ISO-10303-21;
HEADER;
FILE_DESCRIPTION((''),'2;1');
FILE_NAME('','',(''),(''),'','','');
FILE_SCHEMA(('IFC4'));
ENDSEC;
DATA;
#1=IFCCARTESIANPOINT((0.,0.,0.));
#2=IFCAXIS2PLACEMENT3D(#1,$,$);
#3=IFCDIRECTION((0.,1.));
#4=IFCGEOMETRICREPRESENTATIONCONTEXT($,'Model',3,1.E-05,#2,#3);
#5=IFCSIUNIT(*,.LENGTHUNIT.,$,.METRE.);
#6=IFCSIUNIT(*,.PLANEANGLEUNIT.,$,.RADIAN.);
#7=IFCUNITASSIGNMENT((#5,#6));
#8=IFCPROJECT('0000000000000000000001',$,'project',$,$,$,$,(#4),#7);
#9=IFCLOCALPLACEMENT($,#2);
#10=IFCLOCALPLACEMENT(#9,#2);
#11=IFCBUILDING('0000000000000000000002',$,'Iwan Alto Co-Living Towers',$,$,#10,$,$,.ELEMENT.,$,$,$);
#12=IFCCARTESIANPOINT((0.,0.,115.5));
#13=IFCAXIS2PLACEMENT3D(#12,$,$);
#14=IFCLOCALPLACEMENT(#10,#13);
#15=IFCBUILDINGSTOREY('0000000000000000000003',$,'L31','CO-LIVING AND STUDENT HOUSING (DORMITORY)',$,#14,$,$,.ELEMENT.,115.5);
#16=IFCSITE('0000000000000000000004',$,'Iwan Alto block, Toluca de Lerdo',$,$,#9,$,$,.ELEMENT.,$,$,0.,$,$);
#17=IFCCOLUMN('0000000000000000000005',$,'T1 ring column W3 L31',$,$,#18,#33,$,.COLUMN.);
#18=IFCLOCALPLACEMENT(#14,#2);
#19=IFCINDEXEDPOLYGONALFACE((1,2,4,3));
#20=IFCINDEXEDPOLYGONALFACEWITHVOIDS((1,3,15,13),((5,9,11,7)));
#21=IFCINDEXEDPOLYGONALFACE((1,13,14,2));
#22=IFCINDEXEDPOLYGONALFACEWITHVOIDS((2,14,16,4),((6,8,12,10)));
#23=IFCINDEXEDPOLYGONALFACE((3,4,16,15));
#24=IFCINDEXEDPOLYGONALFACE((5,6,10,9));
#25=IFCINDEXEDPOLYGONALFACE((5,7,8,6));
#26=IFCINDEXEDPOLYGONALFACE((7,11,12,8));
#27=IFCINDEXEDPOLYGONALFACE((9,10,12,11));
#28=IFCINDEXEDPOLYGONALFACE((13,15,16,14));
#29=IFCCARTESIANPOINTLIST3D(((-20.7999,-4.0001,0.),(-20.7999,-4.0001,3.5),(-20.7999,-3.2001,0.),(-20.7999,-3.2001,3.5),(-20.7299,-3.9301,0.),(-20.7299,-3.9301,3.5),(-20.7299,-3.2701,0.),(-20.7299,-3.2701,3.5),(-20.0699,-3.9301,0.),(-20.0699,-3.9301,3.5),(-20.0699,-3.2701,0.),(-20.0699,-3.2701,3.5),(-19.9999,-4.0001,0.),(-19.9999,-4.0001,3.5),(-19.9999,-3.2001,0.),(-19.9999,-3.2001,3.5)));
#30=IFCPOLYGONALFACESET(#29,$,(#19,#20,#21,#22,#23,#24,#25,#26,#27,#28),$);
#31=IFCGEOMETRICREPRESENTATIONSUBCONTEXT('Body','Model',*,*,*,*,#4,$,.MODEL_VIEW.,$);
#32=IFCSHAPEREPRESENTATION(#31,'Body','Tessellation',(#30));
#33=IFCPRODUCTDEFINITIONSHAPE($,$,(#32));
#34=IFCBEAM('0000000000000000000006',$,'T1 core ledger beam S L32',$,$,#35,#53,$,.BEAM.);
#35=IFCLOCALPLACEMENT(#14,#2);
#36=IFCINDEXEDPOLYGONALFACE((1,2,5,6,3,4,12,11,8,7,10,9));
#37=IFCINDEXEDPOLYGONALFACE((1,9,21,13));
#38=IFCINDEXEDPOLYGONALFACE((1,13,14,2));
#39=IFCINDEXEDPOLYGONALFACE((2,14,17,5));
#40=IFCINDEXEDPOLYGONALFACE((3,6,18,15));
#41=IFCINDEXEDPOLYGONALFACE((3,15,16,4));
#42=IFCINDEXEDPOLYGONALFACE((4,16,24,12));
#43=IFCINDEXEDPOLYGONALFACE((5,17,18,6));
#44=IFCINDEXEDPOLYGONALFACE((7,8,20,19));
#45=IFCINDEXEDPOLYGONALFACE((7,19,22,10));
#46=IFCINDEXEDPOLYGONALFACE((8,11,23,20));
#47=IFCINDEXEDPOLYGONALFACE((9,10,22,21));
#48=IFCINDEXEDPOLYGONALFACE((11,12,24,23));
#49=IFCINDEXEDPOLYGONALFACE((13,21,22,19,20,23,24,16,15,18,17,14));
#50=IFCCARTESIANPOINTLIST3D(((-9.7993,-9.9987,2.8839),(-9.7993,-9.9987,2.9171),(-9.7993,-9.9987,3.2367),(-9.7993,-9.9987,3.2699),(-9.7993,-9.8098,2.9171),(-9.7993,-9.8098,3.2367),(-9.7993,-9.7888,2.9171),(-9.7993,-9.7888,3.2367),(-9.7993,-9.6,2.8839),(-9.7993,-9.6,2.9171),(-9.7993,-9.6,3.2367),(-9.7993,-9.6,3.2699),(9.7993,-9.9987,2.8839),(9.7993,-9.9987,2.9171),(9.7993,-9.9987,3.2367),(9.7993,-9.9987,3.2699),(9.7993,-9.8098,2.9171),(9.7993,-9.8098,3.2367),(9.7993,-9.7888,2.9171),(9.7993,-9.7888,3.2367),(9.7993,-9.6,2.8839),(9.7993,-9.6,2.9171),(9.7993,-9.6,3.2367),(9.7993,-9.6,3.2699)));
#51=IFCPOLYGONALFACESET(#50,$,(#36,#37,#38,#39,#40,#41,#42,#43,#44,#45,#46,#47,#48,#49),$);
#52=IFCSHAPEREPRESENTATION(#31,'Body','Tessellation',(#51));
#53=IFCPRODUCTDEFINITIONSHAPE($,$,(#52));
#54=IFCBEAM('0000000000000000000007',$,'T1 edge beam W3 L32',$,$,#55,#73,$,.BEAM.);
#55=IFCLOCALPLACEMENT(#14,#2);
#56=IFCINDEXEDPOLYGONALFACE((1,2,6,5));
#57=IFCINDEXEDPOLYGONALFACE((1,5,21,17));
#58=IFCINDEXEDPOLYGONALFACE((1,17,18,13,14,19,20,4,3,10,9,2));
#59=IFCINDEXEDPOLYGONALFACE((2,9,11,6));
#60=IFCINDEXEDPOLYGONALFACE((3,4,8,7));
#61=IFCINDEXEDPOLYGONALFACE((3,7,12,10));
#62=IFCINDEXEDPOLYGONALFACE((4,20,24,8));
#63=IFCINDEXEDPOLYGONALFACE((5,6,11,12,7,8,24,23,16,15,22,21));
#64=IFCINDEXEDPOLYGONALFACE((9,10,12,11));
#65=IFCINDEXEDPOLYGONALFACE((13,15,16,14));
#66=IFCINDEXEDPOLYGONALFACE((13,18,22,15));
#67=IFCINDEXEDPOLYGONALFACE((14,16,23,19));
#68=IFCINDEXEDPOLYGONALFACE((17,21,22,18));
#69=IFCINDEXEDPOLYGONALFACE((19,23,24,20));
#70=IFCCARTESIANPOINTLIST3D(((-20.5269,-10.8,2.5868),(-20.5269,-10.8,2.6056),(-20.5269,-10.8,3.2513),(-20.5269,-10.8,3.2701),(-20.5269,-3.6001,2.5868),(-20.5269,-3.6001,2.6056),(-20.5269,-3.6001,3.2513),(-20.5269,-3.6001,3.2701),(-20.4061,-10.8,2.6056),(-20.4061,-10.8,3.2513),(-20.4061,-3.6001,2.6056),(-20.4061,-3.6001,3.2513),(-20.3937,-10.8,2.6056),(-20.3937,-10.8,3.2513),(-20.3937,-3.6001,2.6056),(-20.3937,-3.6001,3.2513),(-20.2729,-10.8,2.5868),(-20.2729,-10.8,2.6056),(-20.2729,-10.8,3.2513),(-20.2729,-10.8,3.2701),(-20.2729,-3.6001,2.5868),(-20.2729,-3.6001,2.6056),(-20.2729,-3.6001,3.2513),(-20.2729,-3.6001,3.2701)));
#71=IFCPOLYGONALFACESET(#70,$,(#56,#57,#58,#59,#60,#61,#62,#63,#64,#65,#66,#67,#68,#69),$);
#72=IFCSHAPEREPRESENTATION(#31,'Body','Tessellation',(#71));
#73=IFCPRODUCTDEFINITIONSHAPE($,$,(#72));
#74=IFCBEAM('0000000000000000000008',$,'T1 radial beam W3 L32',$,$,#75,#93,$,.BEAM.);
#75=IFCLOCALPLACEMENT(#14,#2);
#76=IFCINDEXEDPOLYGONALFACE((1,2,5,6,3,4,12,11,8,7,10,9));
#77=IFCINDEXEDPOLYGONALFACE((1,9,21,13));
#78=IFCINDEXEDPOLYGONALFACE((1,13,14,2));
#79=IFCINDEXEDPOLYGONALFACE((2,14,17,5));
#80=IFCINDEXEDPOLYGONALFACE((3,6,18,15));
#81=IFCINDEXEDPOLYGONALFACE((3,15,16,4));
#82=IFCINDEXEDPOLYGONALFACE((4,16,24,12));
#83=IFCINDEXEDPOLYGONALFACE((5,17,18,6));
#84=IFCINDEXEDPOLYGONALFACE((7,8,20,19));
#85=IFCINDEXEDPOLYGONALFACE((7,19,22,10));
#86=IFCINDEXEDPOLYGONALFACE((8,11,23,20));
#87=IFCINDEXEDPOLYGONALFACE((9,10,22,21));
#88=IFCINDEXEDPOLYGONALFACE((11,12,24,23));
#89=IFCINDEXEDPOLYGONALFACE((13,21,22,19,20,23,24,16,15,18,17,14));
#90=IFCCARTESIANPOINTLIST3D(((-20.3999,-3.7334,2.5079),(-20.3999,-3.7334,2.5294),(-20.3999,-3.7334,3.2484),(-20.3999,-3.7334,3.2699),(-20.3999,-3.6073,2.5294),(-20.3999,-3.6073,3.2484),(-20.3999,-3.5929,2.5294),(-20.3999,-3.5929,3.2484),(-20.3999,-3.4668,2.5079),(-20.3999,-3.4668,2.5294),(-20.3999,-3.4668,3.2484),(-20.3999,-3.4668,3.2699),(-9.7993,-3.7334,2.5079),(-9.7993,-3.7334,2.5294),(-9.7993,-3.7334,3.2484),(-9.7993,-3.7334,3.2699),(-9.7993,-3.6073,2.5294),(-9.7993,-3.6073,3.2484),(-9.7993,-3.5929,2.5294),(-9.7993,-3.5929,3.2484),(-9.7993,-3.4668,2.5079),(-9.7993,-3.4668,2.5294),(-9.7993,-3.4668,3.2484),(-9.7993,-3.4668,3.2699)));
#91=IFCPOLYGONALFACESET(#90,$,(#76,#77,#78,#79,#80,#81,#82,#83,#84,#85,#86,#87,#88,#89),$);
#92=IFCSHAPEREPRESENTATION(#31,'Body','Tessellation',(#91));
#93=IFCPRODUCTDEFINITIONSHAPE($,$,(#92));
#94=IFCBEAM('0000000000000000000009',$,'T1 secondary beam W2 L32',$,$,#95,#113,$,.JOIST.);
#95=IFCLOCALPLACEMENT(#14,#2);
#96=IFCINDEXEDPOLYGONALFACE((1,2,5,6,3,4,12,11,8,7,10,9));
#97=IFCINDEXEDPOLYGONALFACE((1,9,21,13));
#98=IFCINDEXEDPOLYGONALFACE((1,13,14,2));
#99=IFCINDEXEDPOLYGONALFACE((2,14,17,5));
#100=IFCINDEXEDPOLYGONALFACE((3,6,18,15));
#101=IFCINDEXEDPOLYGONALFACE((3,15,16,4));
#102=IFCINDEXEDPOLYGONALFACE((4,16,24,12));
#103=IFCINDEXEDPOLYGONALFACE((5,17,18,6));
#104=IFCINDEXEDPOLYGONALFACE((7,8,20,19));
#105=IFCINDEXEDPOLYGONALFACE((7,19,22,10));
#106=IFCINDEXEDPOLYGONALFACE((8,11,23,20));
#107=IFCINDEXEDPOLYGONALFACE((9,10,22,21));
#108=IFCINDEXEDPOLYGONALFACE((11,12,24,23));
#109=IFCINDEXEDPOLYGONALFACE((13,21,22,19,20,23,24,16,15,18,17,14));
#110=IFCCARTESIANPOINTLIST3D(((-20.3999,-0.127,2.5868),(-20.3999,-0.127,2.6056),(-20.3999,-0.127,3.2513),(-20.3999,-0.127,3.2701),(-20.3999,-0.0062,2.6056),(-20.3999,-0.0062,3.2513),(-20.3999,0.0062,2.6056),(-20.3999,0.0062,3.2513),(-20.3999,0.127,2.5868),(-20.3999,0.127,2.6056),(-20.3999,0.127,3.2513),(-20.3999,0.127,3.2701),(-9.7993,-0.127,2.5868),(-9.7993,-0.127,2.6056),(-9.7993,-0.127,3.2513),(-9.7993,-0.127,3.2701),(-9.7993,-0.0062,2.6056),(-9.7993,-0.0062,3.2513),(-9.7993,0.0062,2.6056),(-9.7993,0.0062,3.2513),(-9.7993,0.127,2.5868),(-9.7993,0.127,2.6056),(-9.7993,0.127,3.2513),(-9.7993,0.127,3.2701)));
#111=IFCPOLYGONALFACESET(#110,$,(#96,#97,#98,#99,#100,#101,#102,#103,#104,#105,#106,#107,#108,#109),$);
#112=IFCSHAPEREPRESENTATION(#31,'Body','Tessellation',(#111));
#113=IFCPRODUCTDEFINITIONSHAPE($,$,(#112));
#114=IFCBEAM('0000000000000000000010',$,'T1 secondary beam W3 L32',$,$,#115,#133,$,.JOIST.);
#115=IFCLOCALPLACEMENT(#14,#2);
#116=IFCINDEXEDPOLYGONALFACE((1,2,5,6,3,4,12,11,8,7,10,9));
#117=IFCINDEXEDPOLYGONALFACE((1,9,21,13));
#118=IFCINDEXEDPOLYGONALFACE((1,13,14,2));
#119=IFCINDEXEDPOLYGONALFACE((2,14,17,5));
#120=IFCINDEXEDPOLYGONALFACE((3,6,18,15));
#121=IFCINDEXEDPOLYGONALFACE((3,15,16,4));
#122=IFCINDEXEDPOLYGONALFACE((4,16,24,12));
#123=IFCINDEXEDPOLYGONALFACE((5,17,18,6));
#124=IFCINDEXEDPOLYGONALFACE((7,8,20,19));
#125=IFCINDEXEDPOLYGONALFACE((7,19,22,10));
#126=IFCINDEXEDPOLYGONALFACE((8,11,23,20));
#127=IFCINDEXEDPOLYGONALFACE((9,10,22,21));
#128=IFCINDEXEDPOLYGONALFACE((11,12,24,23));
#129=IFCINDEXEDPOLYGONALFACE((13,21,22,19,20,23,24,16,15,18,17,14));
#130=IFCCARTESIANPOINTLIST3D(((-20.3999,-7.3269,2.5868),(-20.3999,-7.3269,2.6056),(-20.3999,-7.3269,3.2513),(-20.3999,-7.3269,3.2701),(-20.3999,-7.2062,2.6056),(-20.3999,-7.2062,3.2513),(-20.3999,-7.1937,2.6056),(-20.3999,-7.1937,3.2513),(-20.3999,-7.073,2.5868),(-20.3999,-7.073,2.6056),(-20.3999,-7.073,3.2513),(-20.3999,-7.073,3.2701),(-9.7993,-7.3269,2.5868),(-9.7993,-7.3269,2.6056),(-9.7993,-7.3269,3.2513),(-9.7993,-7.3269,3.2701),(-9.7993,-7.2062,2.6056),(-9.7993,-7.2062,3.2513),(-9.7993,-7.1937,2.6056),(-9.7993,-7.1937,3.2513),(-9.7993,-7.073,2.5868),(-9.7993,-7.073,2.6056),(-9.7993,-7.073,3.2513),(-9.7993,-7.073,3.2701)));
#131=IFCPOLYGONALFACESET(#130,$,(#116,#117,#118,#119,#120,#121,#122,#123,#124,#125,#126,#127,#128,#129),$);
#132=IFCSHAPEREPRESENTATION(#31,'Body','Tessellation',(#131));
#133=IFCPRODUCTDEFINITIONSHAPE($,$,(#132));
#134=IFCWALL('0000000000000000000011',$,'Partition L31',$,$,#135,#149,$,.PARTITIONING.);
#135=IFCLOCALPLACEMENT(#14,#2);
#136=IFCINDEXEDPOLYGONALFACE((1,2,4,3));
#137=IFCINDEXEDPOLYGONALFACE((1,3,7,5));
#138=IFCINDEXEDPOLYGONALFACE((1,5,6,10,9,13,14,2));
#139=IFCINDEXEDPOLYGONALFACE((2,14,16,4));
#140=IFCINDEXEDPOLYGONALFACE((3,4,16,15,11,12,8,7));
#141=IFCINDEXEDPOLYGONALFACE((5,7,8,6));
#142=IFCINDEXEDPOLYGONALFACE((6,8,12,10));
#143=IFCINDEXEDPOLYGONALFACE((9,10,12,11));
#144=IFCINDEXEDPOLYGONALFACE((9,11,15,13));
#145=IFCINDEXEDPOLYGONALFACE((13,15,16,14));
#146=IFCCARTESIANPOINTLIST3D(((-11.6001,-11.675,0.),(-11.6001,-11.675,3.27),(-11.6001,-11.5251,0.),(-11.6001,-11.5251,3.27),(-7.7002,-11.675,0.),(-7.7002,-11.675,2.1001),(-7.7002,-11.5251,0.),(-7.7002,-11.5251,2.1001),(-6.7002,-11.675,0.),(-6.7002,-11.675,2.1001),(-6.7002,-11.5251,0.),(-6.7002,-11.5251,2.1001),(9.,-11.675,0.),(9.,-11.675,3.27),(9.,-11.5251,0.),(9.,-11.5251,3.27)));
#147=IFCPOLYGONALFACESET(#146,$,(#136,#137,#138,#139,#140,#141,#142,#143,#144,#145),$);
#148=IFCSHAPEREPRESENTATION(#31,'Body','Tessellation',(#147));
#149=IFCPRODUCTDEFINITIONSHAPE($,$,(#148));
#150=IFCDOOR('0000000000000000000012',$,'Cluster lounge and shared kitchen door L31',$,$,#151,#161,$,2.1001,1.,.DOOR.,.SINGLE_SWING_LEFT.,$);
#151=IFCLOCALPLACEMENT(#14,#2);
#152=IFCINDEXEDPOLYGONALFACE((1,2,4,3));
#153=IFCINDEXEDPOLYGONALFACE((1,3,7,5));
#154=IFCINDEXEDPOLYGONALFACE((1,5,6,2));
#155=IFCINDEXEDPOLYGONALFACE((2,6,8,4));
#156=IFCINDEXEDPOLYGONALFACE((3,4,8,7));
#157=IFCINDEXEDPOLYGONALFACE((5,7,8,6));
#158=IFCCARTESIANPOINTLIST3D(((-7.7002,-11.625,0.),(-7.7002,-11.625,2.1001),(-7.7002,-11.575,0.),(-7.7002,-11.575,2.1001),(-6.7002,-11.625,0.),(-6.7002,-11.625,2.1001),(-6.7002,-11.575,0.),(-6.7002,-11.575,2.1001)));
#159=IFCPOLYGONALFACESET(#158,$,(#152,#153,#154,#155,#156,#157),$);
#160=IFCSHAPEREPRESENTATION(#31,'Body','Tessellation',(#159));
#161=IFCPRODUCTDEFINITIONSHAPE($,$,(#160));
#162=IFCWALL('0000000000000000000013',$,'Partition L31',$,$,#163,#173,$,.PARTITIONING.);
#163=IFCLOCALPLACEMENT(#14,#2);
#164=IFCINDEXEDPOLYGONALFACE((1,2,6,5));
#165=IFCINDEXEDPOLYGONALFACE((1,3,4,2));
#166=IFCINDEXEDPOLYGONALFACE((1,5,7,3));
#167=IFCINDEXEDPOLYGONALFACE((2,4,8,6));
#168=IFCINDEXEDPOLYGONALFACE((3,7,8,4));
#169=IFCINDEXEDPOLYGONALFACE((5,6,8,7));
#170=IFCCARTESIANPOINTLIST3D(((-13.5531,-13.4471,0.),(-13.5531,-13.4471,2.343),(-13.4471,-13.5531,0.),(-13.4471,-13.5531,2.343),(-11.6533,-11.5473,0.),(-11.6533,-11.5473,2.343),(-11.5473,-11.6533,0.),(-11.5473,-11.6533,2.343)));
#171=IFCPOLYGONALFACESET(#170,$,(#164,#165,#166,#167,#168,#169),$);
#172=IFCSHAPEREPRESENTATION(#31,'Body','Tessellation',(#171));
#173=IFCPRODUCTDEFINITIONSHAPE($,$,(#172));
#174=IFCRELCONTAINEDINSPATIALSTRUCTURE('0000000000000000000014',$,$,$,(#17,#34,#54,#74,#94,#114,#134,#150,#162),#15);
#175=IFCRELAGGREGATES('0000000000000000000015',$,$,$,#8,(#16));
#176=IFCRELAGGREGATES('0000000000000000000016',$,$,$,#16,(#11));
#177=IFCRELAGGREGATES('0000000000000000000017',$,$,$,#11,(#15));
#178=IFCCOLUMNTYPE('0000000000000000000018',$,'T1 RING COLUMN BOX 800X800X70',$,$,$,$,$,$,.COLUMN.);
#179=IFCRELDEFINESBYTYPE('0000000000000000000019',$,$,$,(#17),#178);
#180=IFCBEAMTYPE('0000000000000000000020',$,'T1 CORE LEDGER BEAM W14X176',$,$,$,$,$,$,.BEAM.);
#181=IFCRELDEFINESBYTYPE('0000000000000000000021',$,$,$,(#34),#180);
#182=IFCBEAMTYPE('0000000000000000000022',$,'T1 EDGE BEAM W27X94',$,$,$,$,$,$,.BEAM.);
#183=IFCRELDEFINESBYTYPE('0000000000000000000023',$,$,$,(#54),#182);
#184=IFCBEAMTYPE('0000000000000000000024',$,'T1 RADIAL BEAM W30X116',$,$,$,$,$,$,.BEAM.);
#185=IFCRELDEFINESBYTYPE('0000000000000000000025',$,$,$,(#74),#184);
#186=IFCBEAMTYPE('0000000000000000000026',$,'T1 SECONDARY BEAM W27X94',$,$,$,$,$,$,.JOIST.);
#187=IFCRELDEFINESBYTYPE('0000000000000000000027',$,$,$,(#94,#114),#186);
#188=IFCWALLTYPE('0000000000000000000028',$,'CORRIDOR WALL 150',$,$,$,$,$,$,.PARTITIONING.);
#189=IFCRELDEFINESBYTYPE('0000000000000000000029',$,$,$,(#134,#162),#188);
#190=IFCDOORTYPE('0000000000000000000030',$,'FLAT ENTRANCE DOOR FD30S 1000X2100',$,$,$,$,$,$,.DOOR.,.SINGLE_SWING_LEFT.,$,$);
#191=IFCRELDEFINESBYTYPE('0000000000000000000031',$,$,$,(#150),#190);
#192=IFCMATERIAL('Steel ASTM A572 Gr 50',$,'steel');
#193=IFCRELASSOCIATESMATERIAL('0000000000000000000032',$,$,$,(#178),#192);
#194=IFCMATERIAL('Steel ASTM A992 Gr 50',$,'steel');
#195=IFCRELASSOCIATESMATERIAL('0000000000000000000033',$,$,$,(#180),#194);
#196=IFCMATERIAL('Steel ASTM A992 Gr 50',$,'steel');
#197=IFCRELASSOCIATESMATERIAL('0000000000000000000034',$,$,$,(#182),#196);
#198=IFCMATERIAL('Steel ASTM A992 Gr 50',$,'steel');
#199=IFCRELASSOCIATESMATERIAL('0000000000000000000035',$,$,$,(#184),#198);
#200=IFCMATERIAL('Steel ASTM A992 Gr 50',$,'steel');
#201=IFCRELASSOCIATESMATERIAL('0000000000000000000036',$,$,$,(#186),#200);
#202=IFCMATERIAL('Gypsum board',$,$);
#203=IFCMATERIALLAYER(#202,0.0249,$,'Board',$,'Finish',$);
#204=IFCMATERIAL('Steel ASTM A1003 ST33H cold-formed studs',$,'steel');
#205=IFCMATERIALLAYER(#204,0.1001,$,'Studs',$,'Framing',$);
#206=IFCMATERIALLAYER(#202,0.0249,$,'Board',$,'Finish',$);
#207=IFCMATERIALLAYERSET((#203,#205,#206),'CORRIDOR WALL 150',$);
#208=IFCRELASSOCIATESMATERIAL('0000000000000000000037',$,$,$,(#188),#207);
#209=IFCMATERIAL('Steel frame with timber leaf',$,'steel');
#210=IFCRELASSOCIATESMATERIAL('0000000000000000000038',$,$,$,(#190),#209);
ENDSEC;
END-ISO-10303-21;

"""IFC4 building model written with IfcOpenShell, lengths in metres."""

from ifc_helpers import new_model, si_unit, direction, frame, frame_2d, origin, origin_2d, place, context, subcontext, project, spatial, rectangle, hollow_rectangle, i_section, extrude, material, layer, layer_set, material_profile, profile_set, type_object, element, fill, save


model = new_model("IFC4")

# Units and contexts
model_context = context("Model", 3, precision=1e-05, world=origin(), true_north=direction((0.0, 1.0)))
body_context = subcontext(model_context, "Body", "Model", "MODEL_VIEW")
ifc_project = project(units=[si_unit("LENGTHUNIT", "METRE"), si_unit("PLANEANGLEUNIT", "RADIAN")], contexts=[model_context])

# Site, building, storey
site_placement = place(None, origin())
site = spatial("IfcSite", under=ifc_project, at=site_placement, Name="Iwan Alto block, Toluca de Lerdo", CompositionType="ELEMENT", RefElevation=0.0)
building_placement = place(site_placement, origin())
building = spatial("IfcBuilding", under=site, at=building_placement, Name="Iwan Alto Co-Living Towers", CompositionType="ELEMENT")
storey_placement = place(building_placement, frame((0.0, 0.0, 115.5)))
storey = spatial("IfcBuildingStorey", under=building, at=storey_placement, Name="L31", Description="CO-LIVING AND STUDENT HOUSING (DORMITORY)", CompositionType="ELEMENT", Elevation=115.5)

# Column
ifc_material_1 = material(Name="Steel ASTM A572 Gr 50", Category="steel")
ifc_material_profile_1 = material_profile(ifc_material_1, hollow_rectangle(XDim=0.8, YDim=0.8, WallThickness=0.0701, at=origin_2d()), Name="BOX 800X800X70")
ifc_profile_set_1 = profile_set([ifc_material_profile_1], Name="Steel ASTM A572 Gr 50")
column_type = type_object("IfcColumnType", Name="T1 RING COLUMN BOX 800X800X70", PredefinedType="COLUMN", material=ifc_profile_set_1)
column_placement = place(storey_placement, frame((-20.3999, -3.6001, 0.0), z_axis=(0.0, 0.0, 1.0), x_axis=(1.0, 0.0, 0.0)))
element("IfcColumn", 1, at=column_placement, inside=storey, type_object=column_type, Name="T1 ring column W3 L31", PredefinedType="COLUMN", context=body_context, shape_type="SweptSolid", body=[
    extrude(hollow_rectangle(XDim=0.8, YDim=0.8, WallThickness=0.0701, at=origin_2d()), origin(), (0.0, 0.0, 1.0), 3.5),
])

# Beams
ifc_material_2 = material(Name="Steel ASTM A992 Gr 50", Category="steel")
ifc_material_profile_2 = material_profile(ifc_material_2, i_section(OverallWidth=0.3987, OverallDepth=0.386, WebThickness=0.021, FlangeThickness=0.0332, at=origin_2d()), Name="W14X176")
ifc_profile_set_2 = profile_set([ifc_material_profile_2], Name="Steel ASTM A992 Gr 50")
beam_type_1 = type_object("IfcBeamType", Name="T1 CORE LEDGER BEAM W14X176", PredefinedType="BEAM", material=ifc_profile_set_2)
beam_1_placement = place(storey_placement, frame((-9.7993, -9.7993, 3.0769), z_axis=(1.0, 0.0, 0.0), x_axis=(0.0, 1.0, 0.0)))
element("IfcBeam", 2, at=beam_1_placement, inside=storey, type_object=beam_type_1, Name="T1 core ledger beam S L32", PredefinedType="BEAM", context=body_context, shape_type="SweptSolid", body=[
    extrude(i_section(OverallWidth=0.3987, OverallDepth=0.386, WebThickness=0.021, FlangeThickness=0.0332, at=origin_2d()), origin(), (0.0, 0.0, 1.0), 19.5986),
])
ifc_material_3 = material(Name="Steel ASTM A992 Gr 50", Category="steel")
ifc_material_profile_3 = material_profile(ifc_material_3, i_section(OverallWidth=0.2539, OverallDepth=0.6833, WebThickness=0.0125, FlangeThickness=0.0188, at=origin_2d()), Name="W27X94")
ifc_profile_set_3 = profile_set([ifc_material_profile_3], Name="Steel ASTM A992 Gr 50")
beam_type_2 = type_object("IfcBeamType", Name="T1 EDGE BEAM W27X94", PredefinedType="BEAM", material=ifc_profile_set_3)
beam_2_placement = place(storey_placement, frame((-20.3999, -3.6001, 2.9285), z_axis=(0.0, -1.0, 0.0), x_axis=(1.0, 0.0, 0.0)))
element("IfcBeam", 3, at=beam_2_placement, inside=storey, type_object=beam_type_2, Name="T1 edge beam W3 L32", PredefinedType="BEAM", context=body_context, shape_type="SweptSolid", body=[
    extrude(i_section(OverallWidth=0.2539, OverallDepth=0.6833, WebThickness=0.0125, FlangeThickness=0.0188, at=origin_2d()), origin(), (0.0, 0.0, 1.0), 7.2),
])
ifc_material_4 = material(Name="Steel ASTM A992 Gr 50", Category="steel")
ifc_material_profile_4 = material_profile(ifc_material_4, i_section(OverallWidth=0.2666, OverallDepth=0.762, WebThickness=0.0144, FlangeThickness=0.0215, at=origin_2d()), Name="W30X116")
ifc_profile_set_4 = profile_set([ifc_material_profile_4], Name="Steel ASTM A992 Gr 50")
beam_type_3 = type_object("IfcBeamType", Name="T1 RADIAL BEAM W30X116", PredefinedType="BEAM", material=ifc_profile_set_4)
beam_3_placement = place(storey_placement, frame((-20.3999, -3.6001, 2.8889), z_axis=(1.0, 0.0, 0.0), x_axis=(0.0, 1.0, 0.0)))
element("IfcBeam", 4, at=beam_3_placement, inside=storey, type_object=beam_type_3, Name="T1 radial beam W3 L32", PredefinedType="BEAM", context=body_context, shape_type="SweptSolid", body=[
    extrude(i_section(OverallWidth=0.2666, OverallDepth=0.762, WebThickness=0.0144, FlangeThickness=0.0215, at=origin_2d()), origin(), (0.0, 0.0, 1.0), 10.6006),
])
ifc_material_5 = material(Name="Steel ASTM A992 Gr 50", Category="steel")
ifc_material_profile_5 = material_profile(ifc_material_5, i_section(OverallWidth=0.2539, OverallDepth=0.6833, WebThickness=0.0125, FlangeThickness=0.0188, at=origin_2d()), Name="W27X94")
ifc_profile_set_5 = profile_set([ifc_material_profile_5], Name="Steel ASTM A992 Gr 50")
beam_type_4 = type_object("IfcBeamType", Name="T1 SECONDARY BEAM W27X94", PredefinedType="JOIST", material=ifc_profile_set_5)
for number, where, z_axis, x_axis, name in (
    (5, (-20.3999, 0.0, 2.9285), (1.0, 0.0, 0.0), (0.0, 1.0, 0.0), "T1 secondary beam W2 L32"),
    (6, (-20.3999, -7.2, 2.9285), (1.0, 0.0, 0.0), (0.0, 1.0, 0.0), "T1 secondary beam W3 L32"),
):
    element("IfcBeam", number, at=place(storey_placement, frame(where, z_axis=z_axis, x_axis=x_axis)), inside=storey, type_object=beam_type_4, Name=name, PredefinedType="JOIST", context=body_context, shape_type="SweptSolid", body=[
        extrude(i_section(OverallWidth=0.2539, OverallDepth=0.6833, WebThickness=0.0125, FlangeThickness=0.0188, at=origin_2d()), origin(), (0.0, 0.0, 1.0), 10.6006),
    ])

# Wall, opening, door
ifc_material_6 = material(Name="Gypsum board")
ifc_layer_1 = layer(ifc_material_6, 0.0249, Name="Board", Category="Finish")
ifc_material_7 = material(Name="Steel ASTM A1003 ST33H cold-formed studs", Category="steel")
ifc_layer_2 = layer(ifc_material_7, 0.1001, Name="Studs", Category="Framing")
ifc_layer_3 = layer(ifc_material_6, 0.0249, Name="Board", Category="Finish")
ifc_layer_set_1 = layer_set([ifc_layer_1, ifc_layer_2, ifc_layer_3], Name="CORRIDOR WALL 150")
wall_type_1 = type_object("IfcWallType", Name="CORRIDOR WALL 150", PredefinedType="PARTITIONING", material=ifc_layer_set_1)
wall_1_placement = place(storey_placement, frame((-11.6001, -11.6001, 0.0), z_axis=(0.0, 0.0, 1.0), x_axis=(1.0, 0.0, 0.0)))
wall_1 = element("IfcWall", 7, at=wall_1_placement, inside=storey, type_object=wall_type_1, Name="Partition L31", PredefinedType="PARTITIONING", context=body_context, shape_type="SweptSolid", body=[
    extrude(rectangle(XDim=20.6001, YDim=0.1499, at=frame_2d((10.3, 0.0))), origin(), (0.0, 0.0, 1.0), 3.27),
])
opening_1_placement = place(wall_1_placement, frame((3.8999, 0.0, 0.0)))
opening_1 = element("IfcOpeningElement", 8, at=opening_1_placement, cuts=wall_1, PredefinedType="OPENING", context=body_context, shape_type="SweptSolid", body=[
    extrude(rectangle(XDim=1.0, YDim=2.1001, at=frame_2d((0.5, 1.05))), frame((0.0, 0.085, 0.0), z_axis=(0.0, -1.0, 0.0), x_axis=(1.0, 0.0, 0.0)), (0.0, 0.0, 1.0), 0.1699),
])
ifc_material_8 = material(Name="Steel frame with timber leaf", Category="steel")
door_type_1 = type_object("IfcDoorType", Name="FLAT ENTRANCE DOOR FD30S 1000X2100", OperationType="SINGLE_SWING_LEFT", PredefinedType="DOOR", material=ifc_material_8)
door_1_placement = place(opening_1_placement, frame((1.0, 0.0, 0.0), z_axis=(0.0, 0.0, 1.0), x_axis=(-1.0, 0.0, 0.0)))
door_1 = element("IfcDoor", 9, at=door_1_placement, inside=storey, type_object=door_type_1, Name="Cluster lounge and shared kitchen door L31", OperationType="SINGLE_SWING_LEFT", OverallHeight=2.1001, OverallWidth=1.0, PredefinedType="DOOR", context=body_context, shape_type="SweptSolid", body=[
    extrude(rectangle(XDim=1.0, YDim=2.1001, at=frame_2d((0.5, 1.05))), frame((0.0, 0.0249, 0.0), z_axis=(0.0, -1.0, 0.0), x_axis=(1.0, 0.0, 0.0)), (0.0, 0.0, 1.0), 0.05),
])
fill(opening_1, door_1)

# Wall
wall_2_placement = place(storey_placement, frame((-13.5, -13.5, 0.0), z_axis=(0.0, 0.0, 1.0), x_axis=(0.707107, 0.707107, 0.0)))
element("IfcWall", 10, at=wall_2_placement, inside=storey, type_object=wall_type_1, Name="Partition L31", PredefinedType="PARTITIONING", context=body_context, shape_type="SweptSolid", body=[
    extrude(rectangle(XDim=2.6868, YDim=0.1499, at=frame_2d((1.3433, 0.0))), origin(), (0.0, 0.0, 1.0), 2.343),
])

save(model, "model.ifc")
